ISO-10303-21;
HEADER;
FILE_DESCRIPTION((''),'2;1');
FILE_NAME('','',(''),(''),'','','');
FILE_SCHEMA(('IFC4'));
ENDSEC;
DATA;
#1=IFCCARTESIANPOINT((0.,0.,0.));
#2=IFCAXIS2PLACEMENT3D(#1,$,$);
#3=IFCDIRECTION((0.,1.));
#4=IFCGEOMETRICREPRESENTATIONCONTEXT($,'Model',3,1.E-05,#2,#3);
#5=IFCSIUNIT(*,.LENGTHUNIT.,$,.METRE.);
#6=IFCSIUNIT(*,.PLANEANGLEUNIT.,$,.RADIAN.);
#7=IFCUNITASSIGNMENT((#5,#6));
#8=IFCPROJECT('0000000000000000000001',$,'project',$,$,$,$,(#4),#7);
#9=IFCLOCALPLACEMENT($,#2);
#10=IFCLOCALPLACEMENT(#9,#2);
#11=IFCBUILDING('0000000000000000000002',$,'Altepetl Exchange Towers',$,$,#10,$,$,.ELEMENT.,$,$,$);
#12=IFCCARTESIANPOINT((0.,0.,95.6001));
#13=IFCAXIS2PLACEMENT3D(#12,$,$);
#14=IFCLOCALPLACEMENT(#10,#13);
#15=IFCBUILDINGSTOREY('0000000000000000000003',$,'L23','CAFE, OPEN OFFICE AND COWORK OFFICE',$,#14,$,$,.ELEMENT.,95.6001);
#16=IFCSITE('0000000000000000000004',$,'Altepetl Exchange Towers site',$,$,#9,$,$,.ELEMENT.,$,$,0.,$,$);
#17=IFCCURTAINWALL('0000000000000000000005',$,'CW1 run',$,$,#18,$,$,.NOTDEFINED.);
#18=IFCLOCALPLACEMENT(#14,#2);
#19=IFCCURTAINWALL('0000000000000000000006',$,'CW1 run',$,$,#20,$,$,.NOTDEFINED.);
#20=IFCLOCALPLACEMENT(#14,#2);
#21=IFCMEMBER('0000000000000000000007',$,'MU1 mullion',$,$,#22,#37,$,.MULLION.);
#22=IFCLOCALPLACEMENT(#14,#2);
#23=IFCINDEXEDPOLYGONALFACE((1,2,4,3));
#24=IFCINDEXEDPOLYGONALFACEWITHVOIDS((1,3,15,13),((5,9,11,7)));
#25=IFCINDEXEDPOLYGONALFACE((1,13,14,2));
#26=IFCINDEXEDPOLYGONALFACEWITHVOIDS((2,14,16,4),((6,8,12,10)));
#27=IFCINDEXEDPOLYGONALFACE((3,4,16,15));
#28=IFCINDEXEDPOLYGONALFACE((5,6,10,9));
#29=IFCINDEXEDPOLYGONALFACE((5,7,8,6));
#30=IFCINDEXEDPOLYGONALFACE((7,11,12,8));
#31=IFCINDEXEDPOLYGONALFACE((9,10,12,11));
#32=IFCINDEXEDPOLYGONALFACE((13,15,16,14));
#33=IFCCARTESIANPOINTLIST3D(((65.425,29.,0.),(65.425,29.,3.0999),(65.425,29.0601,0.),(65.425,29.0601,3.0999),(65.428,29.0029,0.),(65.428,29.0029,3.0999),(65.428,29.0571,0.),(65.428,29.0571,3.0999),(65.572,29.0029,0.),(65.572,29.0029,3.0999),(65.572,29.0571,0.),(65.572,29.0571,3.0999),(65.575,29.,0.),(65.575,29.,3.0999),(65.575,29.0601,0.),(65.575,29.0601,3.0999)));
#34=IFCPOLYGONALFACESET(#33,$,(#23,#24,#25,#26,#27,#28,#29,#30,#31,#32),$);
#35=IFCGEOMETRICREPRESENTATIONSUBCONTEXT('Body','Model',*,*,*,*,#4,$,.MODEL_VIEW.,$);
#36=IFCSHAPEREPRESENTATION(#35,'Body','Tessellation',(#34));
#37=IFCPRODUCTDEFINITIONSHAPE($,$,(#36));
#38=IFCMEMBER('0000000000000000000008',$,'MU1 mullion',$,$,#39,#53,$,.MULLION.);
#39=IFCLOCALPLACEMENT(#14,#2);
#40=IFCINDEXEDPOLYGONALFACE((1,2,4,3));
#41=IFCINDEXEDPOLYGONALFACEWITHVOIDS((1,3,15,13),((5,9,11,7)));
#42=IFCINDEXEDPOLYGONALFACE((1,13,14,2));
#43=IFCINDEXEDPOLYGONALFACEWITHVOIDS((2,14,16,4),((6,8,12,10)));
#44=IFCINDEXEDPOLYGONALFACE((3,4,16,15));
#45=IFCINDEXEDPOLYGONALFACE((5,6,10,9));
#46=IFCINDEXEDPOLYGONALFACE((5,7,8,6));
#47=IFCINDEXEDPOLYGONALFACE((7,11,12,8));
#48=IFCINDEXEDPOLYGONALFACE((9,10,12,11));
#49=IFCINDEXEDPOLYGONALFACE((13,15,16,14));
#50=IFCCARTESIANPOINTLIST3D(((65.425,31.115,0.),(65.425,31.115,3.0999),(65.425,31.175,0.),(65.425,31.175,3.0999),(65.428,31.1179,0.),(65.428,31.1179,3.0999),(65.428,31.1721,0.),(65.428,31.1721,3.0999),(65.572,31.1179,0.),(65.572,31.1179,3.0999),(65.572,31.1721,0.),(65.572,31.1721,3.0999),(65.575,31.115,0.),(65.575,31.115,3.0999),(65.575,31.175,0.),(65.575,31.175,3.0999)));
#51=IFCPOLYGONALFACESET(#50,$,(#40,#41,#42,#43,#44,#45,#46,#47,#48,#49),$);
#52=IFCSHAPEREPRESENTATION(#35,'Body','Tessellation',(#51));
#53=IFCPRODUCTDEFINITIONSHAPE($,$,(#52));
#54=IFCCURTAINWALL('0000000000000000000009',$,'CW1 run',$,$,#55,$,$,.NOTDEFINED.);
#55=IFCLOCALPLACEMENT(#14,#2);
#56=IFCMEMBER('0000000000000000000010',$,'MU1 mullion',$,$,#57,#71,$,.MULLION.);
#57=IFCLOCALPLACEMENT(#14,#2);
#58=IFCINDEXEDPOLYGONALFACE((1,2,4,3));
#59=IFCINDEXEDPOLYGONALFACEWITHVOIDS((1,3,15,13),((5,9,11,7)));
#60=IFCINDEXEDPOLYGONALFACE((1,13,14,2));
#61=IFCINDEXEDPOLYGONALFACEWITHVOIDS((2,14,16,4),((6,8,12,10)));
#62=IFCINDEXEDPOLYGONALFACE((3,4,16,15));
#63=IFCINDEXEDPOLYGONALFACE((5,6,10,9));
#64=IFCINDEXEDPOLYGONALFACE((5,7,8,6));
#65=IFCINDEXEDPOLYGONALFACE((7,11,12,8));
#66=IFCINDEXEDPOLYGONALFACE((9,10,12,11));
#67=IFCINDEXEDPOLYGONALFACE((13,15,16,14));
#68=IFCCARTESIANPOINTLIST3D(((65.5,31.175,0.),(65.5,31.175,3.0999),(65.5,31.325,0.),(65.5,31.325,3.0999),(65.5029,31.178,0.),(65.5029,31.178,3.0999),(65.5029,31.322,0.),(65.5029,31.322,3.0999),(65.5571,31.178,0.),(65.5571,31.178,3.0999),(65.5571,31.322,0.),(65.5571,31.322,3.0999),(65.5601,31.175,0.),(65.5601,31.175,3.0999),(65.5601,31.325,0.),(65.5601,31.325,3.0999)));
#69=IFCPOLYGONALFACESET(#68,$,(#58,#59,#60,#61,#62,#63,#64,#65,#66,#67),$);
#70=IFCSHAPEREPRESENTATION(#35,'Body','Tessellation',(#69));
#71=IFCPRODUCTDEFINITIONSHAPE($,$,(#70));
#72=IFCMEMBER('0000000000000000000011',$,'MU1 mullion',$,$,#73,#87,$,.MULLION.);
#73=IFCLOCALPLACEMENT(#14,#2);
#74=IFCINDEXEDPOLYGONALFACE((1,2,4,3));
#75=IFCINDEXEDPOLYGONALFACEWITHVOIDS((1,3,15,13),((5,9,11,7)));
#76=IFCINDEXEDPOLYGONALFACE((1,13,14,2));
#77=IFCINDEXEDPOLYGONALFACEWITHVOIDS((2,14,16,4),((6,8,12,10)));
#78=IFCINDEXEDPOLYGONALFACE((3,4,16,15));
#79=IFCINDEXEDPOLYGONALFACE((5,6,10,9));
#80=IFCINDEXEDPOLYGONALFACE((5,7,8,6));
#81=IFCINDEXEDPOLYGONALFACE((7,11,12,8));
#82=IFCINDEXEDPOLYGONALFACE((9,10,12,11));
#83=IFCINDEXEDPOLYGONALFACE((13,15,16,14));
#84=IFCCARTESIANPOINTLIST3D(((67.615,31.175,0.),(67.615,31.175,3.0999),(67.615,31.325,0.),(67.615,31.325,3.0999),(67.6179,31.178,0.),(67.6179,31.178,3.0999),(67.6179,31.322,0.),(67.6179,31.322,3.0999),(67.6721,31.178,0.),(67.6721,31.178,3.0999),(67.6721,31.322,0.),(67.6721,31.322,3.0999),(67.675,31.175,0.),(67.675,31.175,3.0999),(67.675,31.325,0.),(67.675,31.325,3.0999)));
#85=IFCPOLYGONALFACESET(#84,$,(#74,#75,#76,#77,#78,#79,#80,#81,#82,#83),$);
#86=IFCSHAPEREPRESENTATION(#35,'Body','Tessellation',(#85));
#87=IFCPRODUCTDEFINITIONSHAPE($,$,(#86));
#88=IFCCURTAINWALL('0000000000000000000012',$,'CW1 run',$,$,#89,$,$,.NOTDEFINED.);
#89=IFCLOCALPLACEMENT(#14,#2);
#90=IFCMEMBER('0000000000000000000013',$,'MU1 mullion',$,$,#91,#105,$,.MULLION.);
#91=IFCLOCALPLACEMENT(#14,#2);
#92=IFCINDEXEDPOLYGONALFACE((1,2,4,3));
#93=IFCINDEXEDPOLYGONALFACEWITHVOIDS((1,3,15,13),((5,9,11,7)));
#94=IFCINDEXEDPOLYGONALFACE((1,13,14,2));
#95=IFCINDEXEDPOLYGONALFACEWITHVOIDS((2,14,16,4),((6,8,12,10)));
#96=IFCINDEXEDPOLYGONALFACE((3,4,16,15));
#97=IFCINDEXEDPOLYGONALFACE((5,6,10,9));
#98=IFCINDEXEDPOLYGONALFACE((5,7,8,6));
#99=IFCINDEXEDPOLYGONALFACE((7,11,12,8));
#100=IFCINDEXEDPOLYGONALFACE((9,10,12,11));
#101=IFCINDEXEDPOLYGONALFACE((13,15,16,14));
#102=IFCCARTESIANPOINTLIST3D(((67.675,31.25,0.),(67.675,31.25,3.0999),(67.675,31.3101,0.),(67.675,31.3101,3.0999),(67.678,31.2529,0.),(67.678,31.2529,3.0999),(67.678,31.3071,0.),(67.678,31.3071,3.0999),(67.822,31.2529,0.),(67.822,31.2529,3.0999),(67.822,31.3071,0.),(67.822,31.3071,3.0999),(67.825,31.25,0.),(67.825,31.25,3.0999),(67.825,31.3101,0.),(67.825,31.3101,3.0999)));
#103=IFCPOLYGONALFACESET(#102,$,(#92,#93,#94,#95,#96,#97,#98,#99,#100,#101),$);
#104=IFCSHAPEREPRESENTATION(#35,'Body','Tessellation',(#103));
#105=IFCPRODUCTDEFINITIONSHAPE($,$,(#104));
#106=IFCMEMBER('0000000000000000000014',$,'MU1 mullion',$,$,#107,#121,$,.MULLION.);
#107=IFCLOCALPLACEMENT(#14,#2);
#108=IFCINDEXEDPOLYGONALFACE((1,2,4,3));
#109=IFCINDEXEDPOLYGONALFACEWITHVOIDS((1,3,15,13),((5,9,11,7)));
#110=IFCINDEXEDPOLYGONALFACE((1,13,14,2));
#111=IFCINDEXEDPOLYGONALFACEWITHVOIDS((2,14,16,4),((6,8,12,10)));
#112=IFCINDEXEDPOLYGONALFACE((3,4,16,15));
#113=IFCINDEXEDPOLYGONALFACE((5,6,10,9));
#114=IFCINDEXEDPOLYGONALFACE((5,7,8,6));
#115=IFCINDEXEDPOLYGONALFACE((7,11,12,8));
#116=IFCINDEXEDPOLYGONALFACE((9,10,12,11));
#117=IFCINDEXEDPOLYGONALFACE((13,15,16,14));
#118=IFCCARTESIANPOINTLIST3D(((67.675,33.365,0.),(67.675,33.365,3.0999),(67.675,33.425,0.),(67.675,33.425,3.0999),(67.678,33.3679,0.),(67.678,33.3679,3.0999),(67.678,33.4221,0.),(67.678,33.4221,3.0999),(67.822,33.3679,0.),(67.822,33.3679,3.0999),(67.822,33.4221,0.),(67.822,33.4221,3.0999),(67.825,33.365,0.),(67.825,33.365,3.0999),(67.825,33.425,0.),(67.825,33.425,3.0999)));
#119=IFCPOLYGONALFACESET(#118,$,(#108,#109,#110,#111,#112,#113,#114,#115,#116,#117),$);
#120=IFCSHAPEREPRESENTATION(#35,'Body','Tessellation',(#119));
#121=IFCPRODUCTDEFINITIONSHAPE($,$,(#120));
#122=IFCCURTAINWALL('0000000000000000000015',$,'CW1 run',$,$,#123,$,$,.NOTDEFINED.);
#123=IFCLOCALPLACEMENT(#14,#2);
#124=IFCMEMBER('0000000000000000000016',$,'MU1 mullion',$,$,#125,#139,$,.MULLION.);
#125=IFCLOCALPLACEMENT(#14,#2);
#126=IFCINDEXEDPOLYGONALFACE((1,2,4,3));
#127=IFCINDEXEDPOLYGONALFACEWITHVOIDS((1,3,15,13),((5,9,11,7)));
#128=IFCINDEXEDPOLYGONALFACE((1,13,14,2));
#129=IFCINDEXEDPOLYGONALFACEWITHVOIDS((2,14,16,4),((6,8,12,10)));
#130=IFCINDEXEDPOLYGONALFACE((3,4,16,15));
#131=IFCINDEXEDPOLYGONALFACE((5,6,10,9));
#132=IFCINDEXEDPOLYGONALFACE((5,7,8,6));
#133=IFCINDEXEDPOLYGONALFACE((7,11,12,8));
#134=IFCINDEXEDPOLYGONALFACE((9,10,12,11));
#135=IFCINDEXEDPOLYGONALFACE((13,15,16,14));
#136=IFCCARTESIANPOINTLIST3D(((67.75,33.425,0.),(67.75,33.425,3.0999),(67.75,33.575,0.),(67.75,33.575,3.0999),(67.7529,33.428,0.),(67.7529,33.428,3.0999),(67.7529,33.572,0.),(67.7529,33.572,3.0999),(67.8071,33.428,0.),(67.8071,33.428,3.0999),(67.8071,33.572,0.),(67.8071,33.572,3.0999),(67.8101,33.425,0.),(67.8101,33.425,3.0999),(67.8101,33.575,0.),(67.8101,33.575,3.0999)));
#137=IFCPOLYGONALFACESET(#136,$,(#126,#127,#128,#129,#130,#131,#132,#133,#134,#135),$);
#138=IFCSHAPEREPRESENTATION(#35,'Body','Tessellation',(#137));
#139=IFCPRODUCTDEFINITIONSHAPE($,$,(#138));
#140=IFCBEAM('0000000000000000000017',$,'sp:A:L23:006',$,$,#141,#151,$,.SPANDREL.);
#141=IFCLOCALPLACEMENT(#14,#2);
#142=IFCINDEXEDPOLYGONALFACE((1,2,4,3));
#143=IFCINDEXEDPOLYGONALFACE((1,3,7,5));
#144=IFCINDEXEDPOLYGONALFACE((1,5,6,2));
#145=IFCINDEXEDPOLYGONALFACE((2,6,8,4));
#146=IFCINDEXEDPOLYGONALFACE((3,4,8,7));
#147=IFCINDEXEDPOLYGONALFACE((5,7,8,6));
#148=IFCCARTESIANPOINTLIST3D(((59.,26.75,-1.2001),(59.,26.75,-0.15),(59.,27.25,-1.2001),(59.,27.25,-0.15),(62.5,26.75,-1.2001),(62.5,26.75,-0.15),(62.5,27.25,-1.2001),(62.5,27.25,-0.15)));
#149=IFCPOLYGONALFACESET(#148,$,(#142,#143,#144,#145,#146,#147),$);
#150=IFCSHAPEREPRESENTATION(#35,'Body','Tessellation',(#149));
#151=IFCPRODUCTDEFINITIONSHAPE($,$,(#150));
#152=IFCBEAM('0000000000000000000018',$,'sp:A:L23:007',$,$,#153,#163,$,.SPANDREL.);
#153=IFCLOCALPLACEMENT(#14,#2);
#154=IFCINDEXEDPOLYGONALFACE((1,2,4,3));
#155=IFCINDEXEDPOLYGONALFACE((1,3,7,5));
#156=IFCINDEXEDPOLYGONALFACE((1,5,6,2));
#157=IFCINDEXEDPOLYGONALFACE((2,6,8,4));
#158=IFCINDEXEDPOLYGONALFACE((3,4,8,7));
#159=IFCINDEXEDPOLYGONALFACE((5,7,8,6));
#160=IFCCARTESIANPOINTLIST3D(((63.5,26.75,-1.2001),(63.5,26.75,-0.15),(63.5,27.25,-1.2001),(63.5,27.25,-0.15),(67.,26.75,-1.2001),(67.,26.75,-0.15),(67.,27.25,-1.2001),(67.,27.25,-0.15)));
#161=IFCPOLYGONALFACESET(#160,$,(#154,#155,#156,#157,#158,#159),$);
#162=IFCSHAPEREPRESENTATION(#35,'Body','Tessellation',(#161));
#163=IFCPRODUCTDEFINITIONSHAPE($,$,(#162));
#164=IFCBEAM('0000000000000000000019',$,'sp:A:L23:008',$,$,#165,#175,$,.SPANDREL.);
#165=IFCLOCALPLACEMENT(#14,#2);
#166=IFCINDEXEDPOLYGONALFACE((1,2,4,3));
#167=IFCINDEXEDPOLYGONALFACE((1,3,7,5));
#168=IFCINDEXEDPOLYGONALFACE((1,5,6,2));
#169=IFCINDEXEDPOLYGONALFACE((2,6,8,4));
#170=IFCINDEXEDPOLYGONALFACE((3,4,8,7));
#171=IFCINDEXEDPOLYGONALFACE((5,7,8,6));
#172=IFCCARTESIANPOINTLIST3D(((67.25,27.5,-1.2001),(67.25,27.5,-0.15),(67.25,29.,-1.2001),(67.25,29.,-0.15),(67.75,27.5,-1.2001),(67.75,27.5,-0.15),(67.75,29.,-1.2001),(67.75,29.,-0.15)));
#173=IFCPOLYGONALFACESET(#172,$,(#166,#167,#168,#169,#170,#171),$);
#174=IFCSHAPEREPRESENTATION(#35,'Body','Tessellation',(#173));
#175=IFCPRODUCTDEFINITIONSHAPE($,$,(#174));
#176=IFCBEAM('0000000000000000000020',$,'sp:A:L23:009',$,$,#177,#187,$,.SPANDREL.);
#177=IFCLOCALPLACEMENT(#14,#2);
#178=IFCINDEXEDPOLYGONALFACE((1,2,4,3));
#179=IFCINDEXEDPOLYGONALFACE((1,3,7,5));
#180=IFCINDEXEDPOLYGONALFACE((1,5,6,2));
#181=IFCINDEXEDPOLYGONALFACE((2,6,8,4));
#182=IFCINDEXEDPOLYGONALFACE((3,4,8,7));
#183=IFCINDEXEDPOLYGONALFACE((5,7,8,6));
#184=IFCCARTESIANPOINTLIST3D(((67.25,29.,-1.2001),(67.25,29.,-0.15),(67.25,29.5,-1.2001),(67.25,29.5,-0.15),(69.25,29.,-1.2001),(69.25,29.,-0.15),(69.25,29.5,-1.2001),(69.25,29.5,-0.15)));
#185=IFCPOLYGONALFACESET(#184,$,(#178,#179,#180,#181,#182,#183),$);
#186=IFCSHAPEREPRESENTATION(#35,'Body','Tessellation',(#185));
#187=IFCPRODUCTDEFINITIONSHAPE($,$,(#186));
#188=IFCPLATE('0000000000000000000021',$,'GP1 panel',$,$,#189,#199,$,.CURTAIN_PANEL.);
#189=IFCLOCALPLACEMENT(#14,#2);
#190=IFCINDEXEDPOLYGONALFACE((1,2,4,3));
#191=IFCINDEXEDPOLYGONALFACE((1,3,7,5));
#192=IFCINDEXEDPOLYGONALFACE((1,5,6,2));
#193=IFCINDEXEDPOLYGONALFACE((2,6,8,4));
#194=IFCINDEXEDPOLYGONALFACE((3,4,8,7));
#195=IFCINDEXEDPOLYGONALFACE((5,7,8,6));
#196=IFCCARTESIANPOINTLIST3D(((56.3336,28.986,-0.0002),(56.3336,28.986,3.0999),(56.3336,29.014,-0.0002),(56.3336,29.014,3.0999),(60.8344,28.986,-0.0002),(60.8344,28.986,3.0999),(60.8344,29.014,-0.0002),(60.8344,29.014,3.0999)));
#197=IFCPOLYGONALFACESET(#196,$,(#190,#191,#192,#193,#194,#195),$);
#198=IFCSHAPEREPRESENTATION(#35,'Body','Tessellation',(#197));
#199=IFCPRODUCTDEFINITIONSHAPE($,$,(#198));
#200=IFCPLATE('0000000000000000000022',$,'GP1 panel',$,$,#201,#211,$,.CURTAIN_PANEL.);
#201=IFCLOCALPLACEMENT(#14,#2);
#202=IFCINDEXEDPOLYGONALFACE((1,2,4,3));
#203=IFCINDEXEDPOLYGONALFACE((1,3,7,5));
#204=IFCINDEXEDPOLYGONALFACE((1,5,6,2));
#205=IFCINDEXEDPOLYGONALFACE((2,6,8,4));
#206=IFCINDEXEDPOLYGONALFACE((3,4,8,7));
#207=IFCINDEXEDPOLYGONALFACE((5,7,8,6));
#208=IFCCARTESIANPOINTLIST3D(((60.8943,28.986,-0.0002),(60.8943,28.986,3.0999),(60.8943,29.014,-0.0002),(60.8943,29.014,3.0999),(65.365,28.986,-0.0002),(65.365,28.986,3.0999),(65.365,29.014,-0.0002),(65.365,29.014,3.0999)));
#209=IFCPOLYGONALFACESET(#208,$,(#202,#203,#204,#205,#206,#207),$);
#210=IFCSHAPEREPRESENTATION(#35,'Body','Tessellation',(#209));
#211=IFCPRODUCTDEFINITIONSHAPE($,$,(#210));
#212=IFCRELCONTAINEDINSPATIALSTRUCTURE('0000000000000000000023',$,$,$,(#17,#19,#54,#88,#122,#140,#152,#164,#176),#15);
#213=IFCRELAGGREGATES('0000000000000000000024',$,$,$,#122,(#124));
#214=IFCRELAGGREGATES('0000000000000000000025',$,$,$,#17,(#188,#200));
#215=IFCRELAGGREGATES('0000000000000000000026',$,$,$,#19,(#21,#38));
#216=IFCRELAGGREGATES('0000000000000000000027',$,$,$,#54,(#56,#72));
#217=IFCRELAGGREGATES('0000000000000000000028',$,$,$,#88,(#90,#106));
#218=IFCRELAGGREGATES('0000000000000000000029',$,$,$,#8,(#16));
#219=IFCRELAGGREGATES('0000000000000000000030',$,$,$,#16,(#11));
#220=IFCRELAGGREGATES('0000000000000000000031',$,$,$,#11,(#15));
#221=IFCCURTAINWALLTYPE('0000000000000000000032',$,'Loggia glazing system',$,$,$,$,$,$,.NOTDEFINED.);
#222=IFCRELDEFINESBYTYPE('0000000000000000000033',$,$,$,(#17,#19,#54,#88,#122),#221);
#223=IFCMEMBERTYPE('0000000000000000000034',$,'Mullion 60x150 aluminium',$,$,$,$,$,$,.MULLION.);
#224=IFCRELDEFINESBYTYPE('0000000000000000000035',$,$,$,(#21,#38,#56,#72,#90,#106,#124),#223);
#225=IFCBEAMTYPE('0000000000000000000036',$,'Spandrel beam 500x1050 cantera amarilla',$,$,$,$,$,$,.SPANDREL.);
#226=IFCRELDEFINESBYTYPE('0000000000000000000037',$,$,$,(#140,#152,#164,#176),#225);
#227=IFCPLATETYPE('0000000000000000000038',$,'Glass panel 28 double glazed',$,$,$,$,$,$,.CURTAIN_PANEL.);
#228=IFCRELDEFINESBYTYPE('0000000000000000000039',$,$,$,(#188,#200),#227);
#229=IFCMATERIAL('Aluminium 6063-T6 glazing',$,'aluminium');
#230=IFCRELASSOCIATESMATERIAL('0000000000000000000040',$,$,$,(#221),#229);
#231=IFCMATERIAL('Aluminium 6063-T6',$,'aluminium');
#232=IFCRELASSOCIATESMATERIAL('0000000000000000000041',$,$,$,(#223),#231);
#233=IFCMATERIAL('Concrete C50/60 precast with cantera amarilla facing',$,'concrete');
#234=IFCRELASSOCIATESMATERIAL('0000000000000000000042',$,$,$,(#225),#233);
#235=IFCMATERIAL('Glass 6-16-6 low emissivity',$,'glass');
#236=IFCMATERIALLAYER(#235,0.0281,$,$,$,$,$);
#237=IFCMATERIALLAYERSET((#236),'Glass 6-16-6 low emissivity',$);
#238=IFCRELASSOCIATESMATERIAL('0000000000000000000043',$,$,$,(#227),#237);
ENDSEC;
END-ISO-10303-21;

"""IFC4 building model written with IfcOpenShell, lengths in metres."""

from ifc_helpers import new_model, si_unit, direction, frame, origin, origin_2d, place, context, subcontext, project, spatial, rectangle, hollow_rectangle, extrude, material, layer, layer_set, material_profile, profile_set, type_object, element, aggregate, save


model = new_model("IFC4")

# Units and contexts
model_context = context("Model", 3, precision=1e-05, world=origin(), true_north=direction((0.0, 1.0)))
body_context = subcontext(model_context, "Body", "Model", "MODEL_VIEW")
ifc_project = project(units=[si_unit("LENGTHUNIT", "METRE"), si_unit("PLANEANGLEUNIT", "RADIAN")], contexts=[model_context])

# Site, building, storey
site_placement = place(None, origin())
site = spatial("IfcSite", under=ifc_project, at=site_placement, Name="Altepetl Exchange Towers site", CompositionType="ELEMENT", RefElevation=0.0)
building_placement = place(site_placement, origin())
building = spatial("IfcBuilding", under=site, at=building_placement, Name="Altepetl Exchange Towers", CompositionType="ELEMENT")
storey_placement = place(building_placement, frame((0.0, 0.0, 95.6001)))
storey = spatial("IfcBuildingStorey", under=building, at=storey_placement, Name="L23", Description="CAFE, OPEN OFFICE AND COWORK OFFICE", CompositionType="ELEMENT", Elevation=95.6001)

# Curtain walls, members
ifc_material_1 = material(Name="Aluminium 6063-T6 glazing", Category="aluminium")
curtain_wall_type = type_object("IfcCurtainWallType", Name="Loggia glazing system", PredefinedType="NOTDEFINED", material=ifc_material_1)
curtain_wall_1_placement = place(storey_placement, origin())
curtain_wall_1 = element("IfcCurtainWall", 1, at=curtain_wall_1_placement, inside=storey, type_object=curtain_wall_type, Name="CW1 run", PredefinedType="NOTDEFINED")
ifc_material_2 = material(Name="Aluminium 6063-T6", Category="aluminium")
ifc_material_profile_1 = material_profile(ifc_material_2, hollow_rectangle(XDim=0.0601, YDim=0.1499, WallThickness=0.0029, at=origin_2d()), Name="Mullion 60x150 aluminium")
ifc_profile_set_1 = profile_set([ifc_material_profile_1], Name="Aluminium 6063-T6")
member_type = type_object("IfcMemberType", Name="Mullion 60x150 aluminium", PredefinedType="MULLION", material=ifc_profile_set_1)
curtain_wall_2_placement = place(storey_placement, origin())
curtain_wall_2 = element("IfcCurtainWall", 2, at=curtain_wall_2_placement, inside=storey, type_object=curtain_wall_type, Name="CW1 run", PredefinedType="NOTDEFINED")
member_1_placement = place(storey_placement, frame((65.5, 29.03, 0.0), z_axis=(0.0, 0.0, 1.0), x_axis=(0.0, 1.0, 0.0)))
member_1 = element("IfcMember", 3, at=member_1_placement, type_object=member_type, Name="MU1 mullion", PredefinedType="MULLION", context=body_context, shape_type="SweptSolid", body=[
    extrude(hollow_rectangle(XDim=0.0601, YDim=0.1499, WallThickness=0.0029, at=origin_2d()), origin(), (0.0, 0.0, 1.0), 3.0999),
])
member_2_placement = place(storey_placement, frame((65.5, 31.145, 0.0), z_axis=(0.0, 0.0, 1.0), x_axis=(0.0, 1.0, 0.0)))
member_2 = element("IfcMember", 4, at=member_2_placement, type_object=member_type, Name="MU1 mullion", PredefinedType="MULLION", context=body_context, shape_type="SweptSolid", body=[
    extrude(hollow_rectangle(XDim=0.0601, YDim=0.1499, WallThickness=0.0029, at=origin_2d()), origin(), (0.0, 0.0, 1.0), 3.0999),
])
curtain_wall_3_placement = place(storey_placement, origin())
curtain_wall_3 = element("IfcCurtainWall", 5, at=curtain_wall_3_placement, inside=storey, type_object=curtain_wall_type, Name="CW1 run", PredefinedType="NOTDEFINED")
member_3_placement = place(storey_placement, frame((65.53, 31.25, 0.0)))
member_3 = element("IfcMember", 6, at=member_3_placement, type_object=member_type, Name="MU1 mullion", PredefinedType="MULLION", context=body_context, shape_type="SweptSolid", body=[
    extrude(hollow_rectangle(XDim=0.0601, YDim=0.1499, WallThickness=0.0029, at=origin_2d()), origin(), (0.0, 0.0, 1.0), 3.0999),
])
member_4_placement = place(storey_placement, frame((67.645, 31.25, 0.0)))
member_4 = element("IfcMember", 7, at=member_4_placement, type_object=member_type, Name="MU1 mullion", PredefinedType="MULLION", context=body_context, shape_type="SweptSolid", body=[
    extrude(hollow_rectangle(XDim=0.0601, YDim=0.1499, WallThickness=0.0029, at=origin_2d()), origin(), (0.0, 0.0, 1.0), 3.0999),
])
curtain_wall_4_placement = place(storey_placement, origin())
curtain_wall_4 = element("IfcCurtainWall", 8, at=curtain_wall_4_placement, inside=storey, type_object=curtain_wall_type, Name="CW1 run", PredefinedType="NOTDEFINED")
member_5_placement = place(storey_placement, frame((67.75, 31.28, 0.0), z_axis=(0.0, 0.0, 1.0), x_axis=(0.0, 1.0, 0.0)))
member_5 = element("IfcMember", 9, at=member_5_placement, type_object=member_type, Name="MU1 mullion", PredefinedType="MULLION", context=body_context, shape_type="SweptSolid", body=[
    extrude(hollow_rectangle(XDim=0.0601, YDim=0.1499, WallThickness=0.0029, at=origin_2d()), origin(), (0.0, 0.0, 1.0), 3.0999),
])
member_6_placement = place(storey_placement, frame((67.75, 33.395, 0.0), z_axis=(0.0, 0.0, 1.0), x_axis=(0.0, 1.0, 0.0)))
member_6 = element("IfcMember", 10, at=member_6_placement, type_object=member_type, Name="MU1 mullion", PredefinedType="MULLION", context=body_context, shape_type="SweptSolid", body=[
    extrude(hollow_rectangle(XDim=0.0601, YDim=0.1499, WallThickness=0.0029, at=origin_2d()), origin(), (0.0, 0.0, 1.0), 3.0999),
])

# Curtain wall, member
curtain_wall_5_placement = place(storey_placement, origin())
curtain_wall_5 = element("IfcCurtainWall", 11, at=curtain_wall_5_placement, inside=storey, type_object=curtain_wall_type, Name="CW1 run", PredefinedType="NOTDEFINED")
member_7_placement = place(storey_placement, frame((67.78, 33.5, 0.0)))
member_7 = element("IfcMember", 12, at=member_7_placement, type_object=member_type, Name="MU1 mullion", PredefinedType="MULLION", context=body_context, shape_type="SweptSolid", body=[
    extrude(hollow_rectangle(XDim=0.0601, YDim=0.1499, WallThickness=0.0029, at=origin_2d()), origin(), (0.0, 0.0, 1.0), 3.0999),
])
aggregate(curtain_wall_5, [member_7])

# Beams
ifc_material_3 = material(Name="Concrete C50/60 precast with cantera amarilla facing", Category="concrete")
ifc_material_profile_2 = material_profile(ifc_material_3, rectangle(XDim=0.5, YDim=1.05, at=origin_2d()), Name="500 x 1050")
ifc_profile_set_2 = profile_set([ifc_material_profile_2], Name="Concrete C50/60 precast with cantera amarilla facing")
beam_type_1 = type_object("IfcBeamType", Name="Spandrel beam 500x1050 cantera amarilla", PredefinedType="SPANDREL", material=ifc_profile_set_2)
for number, where, z_axis, x_axis, name in (
    (13, (59.0, 27.0, -0.675), (1.0, 0.0, 0.0), (0.0, 1.0, 0.0), "sp:A:L23:006"),
    (14, (63.5, 27.0, -0.675), (1.0, 0.0, 0.0), (0.0, 1.0, 0.0), "sp:A:L23:007"),
):
    element("IfcBeam", number, at=place(storey_placement, frame(where, z_axis=z_axis, x_axis=x_axis)), inside=storey, type_object=beam_type_1, Name=name, PredefinedType="SPANDREL", context=body_context, shape_type="SweptSolid", body=[
        extrude(rectangle(XDim=0.5, YDim=1.05, at=origin_2d()), origin(), (0.0, 0.0, 1.0), 3.5),
    ])
beam_1_placement = place(storey_placement, frame((67.5, 27.5, -0.675), z_axis=(0.0, 1.0, 0.0), x_axis=(-1.0, 0.0, 0.0)))
element("IfcBeam", 15, at=beam_1_placement, inside=storey, type_object=beam_type_1, Name="sp:A:L23:008", PredefinedType="SPANDREL", context=body_context, shape_type="SweptSolid", body=[
    extrude(rectangle(XDim=0.5, YDim=1.05, at=origin_2d()), origin(), (0.0, 0.0, 1.0), 1.5),
])
beam_2_placement = place(storey_placement, frame((67.25, 29.25, -0.675), z_axis=(1.0, 0.0, 0.0), x_axis=(0.0, 1.0, 0.0)))
element("IfcBeam", 16, at=beam_2_placement, inside=storey, type_object=beam_type_1, Name="sp:A:L23:009", PredefinedType="SPANDREL", context=body_context, shape_type="SweptSolid", body=[
    extrude(rectangle(XDim=0.5, YDim=1.05, at=origin_2d()), origin(), (0.0, 0.0, 1.0), 2.0),
])

# Plates
ifc_material_4 = material(Name="Glass 6-16-6 low emissivity", Category="glass")
ifc_layer_1 = layer(ifc_material_4, 0.0281)
ifc_layer_set_1 = layer_set([ifc_layer_1], Name="Glass 6-16-6 low emissivity")
plate_type = type_object("IfcPlateType", Name="Glass panel 28 double glazed", PredefinedType="CURTAIN_PANEL", material=ifc_layer_set_1)
plate_1_placement = place(storey_placement, frame((58.584, 29.0, -0.0002)))
plate_1 = element("IfcPlate", 17, at=plate_1_placement, type_object=plate_type, Name="GP1 panel", PredefinedType="CURTAIN_PANEL", context=body_context, shape_type="SweptSolid", body=[
    extrude(rectangle(XDim=4.5007, YDim=0.0281, at=origin_2d()), origin(), (0.0, 0.0, 1.0), 3.1001),
])
plate_2_placement = place(storey_placement, frame((63.1296, 29.0, -0.0002)))
plate_2 = element("IfcPlate", 18, at=plate_2_placement, type_object=plate_type, Name="GP1 panel", PredefinedType="CURTAIN_PANEL", context=body_context, shape_type="SweptSolid", body=[
    extrude(rectangle(XDim=4.4707, YDim=0.0281, at=origin_2d()), origin(), (0.0, 0.0, 1.0), 3.1001),
])
aggregate(curtain_wall_1, [plate_1, plate_2])
aggregate(curtain_wall_2, [member_1, member_2])
aggregate(curtain_wall_3, [member_3, member_4])
aggregate(curtain_wall_4, [member_5, member_6])

save(model, "model.ifc")
